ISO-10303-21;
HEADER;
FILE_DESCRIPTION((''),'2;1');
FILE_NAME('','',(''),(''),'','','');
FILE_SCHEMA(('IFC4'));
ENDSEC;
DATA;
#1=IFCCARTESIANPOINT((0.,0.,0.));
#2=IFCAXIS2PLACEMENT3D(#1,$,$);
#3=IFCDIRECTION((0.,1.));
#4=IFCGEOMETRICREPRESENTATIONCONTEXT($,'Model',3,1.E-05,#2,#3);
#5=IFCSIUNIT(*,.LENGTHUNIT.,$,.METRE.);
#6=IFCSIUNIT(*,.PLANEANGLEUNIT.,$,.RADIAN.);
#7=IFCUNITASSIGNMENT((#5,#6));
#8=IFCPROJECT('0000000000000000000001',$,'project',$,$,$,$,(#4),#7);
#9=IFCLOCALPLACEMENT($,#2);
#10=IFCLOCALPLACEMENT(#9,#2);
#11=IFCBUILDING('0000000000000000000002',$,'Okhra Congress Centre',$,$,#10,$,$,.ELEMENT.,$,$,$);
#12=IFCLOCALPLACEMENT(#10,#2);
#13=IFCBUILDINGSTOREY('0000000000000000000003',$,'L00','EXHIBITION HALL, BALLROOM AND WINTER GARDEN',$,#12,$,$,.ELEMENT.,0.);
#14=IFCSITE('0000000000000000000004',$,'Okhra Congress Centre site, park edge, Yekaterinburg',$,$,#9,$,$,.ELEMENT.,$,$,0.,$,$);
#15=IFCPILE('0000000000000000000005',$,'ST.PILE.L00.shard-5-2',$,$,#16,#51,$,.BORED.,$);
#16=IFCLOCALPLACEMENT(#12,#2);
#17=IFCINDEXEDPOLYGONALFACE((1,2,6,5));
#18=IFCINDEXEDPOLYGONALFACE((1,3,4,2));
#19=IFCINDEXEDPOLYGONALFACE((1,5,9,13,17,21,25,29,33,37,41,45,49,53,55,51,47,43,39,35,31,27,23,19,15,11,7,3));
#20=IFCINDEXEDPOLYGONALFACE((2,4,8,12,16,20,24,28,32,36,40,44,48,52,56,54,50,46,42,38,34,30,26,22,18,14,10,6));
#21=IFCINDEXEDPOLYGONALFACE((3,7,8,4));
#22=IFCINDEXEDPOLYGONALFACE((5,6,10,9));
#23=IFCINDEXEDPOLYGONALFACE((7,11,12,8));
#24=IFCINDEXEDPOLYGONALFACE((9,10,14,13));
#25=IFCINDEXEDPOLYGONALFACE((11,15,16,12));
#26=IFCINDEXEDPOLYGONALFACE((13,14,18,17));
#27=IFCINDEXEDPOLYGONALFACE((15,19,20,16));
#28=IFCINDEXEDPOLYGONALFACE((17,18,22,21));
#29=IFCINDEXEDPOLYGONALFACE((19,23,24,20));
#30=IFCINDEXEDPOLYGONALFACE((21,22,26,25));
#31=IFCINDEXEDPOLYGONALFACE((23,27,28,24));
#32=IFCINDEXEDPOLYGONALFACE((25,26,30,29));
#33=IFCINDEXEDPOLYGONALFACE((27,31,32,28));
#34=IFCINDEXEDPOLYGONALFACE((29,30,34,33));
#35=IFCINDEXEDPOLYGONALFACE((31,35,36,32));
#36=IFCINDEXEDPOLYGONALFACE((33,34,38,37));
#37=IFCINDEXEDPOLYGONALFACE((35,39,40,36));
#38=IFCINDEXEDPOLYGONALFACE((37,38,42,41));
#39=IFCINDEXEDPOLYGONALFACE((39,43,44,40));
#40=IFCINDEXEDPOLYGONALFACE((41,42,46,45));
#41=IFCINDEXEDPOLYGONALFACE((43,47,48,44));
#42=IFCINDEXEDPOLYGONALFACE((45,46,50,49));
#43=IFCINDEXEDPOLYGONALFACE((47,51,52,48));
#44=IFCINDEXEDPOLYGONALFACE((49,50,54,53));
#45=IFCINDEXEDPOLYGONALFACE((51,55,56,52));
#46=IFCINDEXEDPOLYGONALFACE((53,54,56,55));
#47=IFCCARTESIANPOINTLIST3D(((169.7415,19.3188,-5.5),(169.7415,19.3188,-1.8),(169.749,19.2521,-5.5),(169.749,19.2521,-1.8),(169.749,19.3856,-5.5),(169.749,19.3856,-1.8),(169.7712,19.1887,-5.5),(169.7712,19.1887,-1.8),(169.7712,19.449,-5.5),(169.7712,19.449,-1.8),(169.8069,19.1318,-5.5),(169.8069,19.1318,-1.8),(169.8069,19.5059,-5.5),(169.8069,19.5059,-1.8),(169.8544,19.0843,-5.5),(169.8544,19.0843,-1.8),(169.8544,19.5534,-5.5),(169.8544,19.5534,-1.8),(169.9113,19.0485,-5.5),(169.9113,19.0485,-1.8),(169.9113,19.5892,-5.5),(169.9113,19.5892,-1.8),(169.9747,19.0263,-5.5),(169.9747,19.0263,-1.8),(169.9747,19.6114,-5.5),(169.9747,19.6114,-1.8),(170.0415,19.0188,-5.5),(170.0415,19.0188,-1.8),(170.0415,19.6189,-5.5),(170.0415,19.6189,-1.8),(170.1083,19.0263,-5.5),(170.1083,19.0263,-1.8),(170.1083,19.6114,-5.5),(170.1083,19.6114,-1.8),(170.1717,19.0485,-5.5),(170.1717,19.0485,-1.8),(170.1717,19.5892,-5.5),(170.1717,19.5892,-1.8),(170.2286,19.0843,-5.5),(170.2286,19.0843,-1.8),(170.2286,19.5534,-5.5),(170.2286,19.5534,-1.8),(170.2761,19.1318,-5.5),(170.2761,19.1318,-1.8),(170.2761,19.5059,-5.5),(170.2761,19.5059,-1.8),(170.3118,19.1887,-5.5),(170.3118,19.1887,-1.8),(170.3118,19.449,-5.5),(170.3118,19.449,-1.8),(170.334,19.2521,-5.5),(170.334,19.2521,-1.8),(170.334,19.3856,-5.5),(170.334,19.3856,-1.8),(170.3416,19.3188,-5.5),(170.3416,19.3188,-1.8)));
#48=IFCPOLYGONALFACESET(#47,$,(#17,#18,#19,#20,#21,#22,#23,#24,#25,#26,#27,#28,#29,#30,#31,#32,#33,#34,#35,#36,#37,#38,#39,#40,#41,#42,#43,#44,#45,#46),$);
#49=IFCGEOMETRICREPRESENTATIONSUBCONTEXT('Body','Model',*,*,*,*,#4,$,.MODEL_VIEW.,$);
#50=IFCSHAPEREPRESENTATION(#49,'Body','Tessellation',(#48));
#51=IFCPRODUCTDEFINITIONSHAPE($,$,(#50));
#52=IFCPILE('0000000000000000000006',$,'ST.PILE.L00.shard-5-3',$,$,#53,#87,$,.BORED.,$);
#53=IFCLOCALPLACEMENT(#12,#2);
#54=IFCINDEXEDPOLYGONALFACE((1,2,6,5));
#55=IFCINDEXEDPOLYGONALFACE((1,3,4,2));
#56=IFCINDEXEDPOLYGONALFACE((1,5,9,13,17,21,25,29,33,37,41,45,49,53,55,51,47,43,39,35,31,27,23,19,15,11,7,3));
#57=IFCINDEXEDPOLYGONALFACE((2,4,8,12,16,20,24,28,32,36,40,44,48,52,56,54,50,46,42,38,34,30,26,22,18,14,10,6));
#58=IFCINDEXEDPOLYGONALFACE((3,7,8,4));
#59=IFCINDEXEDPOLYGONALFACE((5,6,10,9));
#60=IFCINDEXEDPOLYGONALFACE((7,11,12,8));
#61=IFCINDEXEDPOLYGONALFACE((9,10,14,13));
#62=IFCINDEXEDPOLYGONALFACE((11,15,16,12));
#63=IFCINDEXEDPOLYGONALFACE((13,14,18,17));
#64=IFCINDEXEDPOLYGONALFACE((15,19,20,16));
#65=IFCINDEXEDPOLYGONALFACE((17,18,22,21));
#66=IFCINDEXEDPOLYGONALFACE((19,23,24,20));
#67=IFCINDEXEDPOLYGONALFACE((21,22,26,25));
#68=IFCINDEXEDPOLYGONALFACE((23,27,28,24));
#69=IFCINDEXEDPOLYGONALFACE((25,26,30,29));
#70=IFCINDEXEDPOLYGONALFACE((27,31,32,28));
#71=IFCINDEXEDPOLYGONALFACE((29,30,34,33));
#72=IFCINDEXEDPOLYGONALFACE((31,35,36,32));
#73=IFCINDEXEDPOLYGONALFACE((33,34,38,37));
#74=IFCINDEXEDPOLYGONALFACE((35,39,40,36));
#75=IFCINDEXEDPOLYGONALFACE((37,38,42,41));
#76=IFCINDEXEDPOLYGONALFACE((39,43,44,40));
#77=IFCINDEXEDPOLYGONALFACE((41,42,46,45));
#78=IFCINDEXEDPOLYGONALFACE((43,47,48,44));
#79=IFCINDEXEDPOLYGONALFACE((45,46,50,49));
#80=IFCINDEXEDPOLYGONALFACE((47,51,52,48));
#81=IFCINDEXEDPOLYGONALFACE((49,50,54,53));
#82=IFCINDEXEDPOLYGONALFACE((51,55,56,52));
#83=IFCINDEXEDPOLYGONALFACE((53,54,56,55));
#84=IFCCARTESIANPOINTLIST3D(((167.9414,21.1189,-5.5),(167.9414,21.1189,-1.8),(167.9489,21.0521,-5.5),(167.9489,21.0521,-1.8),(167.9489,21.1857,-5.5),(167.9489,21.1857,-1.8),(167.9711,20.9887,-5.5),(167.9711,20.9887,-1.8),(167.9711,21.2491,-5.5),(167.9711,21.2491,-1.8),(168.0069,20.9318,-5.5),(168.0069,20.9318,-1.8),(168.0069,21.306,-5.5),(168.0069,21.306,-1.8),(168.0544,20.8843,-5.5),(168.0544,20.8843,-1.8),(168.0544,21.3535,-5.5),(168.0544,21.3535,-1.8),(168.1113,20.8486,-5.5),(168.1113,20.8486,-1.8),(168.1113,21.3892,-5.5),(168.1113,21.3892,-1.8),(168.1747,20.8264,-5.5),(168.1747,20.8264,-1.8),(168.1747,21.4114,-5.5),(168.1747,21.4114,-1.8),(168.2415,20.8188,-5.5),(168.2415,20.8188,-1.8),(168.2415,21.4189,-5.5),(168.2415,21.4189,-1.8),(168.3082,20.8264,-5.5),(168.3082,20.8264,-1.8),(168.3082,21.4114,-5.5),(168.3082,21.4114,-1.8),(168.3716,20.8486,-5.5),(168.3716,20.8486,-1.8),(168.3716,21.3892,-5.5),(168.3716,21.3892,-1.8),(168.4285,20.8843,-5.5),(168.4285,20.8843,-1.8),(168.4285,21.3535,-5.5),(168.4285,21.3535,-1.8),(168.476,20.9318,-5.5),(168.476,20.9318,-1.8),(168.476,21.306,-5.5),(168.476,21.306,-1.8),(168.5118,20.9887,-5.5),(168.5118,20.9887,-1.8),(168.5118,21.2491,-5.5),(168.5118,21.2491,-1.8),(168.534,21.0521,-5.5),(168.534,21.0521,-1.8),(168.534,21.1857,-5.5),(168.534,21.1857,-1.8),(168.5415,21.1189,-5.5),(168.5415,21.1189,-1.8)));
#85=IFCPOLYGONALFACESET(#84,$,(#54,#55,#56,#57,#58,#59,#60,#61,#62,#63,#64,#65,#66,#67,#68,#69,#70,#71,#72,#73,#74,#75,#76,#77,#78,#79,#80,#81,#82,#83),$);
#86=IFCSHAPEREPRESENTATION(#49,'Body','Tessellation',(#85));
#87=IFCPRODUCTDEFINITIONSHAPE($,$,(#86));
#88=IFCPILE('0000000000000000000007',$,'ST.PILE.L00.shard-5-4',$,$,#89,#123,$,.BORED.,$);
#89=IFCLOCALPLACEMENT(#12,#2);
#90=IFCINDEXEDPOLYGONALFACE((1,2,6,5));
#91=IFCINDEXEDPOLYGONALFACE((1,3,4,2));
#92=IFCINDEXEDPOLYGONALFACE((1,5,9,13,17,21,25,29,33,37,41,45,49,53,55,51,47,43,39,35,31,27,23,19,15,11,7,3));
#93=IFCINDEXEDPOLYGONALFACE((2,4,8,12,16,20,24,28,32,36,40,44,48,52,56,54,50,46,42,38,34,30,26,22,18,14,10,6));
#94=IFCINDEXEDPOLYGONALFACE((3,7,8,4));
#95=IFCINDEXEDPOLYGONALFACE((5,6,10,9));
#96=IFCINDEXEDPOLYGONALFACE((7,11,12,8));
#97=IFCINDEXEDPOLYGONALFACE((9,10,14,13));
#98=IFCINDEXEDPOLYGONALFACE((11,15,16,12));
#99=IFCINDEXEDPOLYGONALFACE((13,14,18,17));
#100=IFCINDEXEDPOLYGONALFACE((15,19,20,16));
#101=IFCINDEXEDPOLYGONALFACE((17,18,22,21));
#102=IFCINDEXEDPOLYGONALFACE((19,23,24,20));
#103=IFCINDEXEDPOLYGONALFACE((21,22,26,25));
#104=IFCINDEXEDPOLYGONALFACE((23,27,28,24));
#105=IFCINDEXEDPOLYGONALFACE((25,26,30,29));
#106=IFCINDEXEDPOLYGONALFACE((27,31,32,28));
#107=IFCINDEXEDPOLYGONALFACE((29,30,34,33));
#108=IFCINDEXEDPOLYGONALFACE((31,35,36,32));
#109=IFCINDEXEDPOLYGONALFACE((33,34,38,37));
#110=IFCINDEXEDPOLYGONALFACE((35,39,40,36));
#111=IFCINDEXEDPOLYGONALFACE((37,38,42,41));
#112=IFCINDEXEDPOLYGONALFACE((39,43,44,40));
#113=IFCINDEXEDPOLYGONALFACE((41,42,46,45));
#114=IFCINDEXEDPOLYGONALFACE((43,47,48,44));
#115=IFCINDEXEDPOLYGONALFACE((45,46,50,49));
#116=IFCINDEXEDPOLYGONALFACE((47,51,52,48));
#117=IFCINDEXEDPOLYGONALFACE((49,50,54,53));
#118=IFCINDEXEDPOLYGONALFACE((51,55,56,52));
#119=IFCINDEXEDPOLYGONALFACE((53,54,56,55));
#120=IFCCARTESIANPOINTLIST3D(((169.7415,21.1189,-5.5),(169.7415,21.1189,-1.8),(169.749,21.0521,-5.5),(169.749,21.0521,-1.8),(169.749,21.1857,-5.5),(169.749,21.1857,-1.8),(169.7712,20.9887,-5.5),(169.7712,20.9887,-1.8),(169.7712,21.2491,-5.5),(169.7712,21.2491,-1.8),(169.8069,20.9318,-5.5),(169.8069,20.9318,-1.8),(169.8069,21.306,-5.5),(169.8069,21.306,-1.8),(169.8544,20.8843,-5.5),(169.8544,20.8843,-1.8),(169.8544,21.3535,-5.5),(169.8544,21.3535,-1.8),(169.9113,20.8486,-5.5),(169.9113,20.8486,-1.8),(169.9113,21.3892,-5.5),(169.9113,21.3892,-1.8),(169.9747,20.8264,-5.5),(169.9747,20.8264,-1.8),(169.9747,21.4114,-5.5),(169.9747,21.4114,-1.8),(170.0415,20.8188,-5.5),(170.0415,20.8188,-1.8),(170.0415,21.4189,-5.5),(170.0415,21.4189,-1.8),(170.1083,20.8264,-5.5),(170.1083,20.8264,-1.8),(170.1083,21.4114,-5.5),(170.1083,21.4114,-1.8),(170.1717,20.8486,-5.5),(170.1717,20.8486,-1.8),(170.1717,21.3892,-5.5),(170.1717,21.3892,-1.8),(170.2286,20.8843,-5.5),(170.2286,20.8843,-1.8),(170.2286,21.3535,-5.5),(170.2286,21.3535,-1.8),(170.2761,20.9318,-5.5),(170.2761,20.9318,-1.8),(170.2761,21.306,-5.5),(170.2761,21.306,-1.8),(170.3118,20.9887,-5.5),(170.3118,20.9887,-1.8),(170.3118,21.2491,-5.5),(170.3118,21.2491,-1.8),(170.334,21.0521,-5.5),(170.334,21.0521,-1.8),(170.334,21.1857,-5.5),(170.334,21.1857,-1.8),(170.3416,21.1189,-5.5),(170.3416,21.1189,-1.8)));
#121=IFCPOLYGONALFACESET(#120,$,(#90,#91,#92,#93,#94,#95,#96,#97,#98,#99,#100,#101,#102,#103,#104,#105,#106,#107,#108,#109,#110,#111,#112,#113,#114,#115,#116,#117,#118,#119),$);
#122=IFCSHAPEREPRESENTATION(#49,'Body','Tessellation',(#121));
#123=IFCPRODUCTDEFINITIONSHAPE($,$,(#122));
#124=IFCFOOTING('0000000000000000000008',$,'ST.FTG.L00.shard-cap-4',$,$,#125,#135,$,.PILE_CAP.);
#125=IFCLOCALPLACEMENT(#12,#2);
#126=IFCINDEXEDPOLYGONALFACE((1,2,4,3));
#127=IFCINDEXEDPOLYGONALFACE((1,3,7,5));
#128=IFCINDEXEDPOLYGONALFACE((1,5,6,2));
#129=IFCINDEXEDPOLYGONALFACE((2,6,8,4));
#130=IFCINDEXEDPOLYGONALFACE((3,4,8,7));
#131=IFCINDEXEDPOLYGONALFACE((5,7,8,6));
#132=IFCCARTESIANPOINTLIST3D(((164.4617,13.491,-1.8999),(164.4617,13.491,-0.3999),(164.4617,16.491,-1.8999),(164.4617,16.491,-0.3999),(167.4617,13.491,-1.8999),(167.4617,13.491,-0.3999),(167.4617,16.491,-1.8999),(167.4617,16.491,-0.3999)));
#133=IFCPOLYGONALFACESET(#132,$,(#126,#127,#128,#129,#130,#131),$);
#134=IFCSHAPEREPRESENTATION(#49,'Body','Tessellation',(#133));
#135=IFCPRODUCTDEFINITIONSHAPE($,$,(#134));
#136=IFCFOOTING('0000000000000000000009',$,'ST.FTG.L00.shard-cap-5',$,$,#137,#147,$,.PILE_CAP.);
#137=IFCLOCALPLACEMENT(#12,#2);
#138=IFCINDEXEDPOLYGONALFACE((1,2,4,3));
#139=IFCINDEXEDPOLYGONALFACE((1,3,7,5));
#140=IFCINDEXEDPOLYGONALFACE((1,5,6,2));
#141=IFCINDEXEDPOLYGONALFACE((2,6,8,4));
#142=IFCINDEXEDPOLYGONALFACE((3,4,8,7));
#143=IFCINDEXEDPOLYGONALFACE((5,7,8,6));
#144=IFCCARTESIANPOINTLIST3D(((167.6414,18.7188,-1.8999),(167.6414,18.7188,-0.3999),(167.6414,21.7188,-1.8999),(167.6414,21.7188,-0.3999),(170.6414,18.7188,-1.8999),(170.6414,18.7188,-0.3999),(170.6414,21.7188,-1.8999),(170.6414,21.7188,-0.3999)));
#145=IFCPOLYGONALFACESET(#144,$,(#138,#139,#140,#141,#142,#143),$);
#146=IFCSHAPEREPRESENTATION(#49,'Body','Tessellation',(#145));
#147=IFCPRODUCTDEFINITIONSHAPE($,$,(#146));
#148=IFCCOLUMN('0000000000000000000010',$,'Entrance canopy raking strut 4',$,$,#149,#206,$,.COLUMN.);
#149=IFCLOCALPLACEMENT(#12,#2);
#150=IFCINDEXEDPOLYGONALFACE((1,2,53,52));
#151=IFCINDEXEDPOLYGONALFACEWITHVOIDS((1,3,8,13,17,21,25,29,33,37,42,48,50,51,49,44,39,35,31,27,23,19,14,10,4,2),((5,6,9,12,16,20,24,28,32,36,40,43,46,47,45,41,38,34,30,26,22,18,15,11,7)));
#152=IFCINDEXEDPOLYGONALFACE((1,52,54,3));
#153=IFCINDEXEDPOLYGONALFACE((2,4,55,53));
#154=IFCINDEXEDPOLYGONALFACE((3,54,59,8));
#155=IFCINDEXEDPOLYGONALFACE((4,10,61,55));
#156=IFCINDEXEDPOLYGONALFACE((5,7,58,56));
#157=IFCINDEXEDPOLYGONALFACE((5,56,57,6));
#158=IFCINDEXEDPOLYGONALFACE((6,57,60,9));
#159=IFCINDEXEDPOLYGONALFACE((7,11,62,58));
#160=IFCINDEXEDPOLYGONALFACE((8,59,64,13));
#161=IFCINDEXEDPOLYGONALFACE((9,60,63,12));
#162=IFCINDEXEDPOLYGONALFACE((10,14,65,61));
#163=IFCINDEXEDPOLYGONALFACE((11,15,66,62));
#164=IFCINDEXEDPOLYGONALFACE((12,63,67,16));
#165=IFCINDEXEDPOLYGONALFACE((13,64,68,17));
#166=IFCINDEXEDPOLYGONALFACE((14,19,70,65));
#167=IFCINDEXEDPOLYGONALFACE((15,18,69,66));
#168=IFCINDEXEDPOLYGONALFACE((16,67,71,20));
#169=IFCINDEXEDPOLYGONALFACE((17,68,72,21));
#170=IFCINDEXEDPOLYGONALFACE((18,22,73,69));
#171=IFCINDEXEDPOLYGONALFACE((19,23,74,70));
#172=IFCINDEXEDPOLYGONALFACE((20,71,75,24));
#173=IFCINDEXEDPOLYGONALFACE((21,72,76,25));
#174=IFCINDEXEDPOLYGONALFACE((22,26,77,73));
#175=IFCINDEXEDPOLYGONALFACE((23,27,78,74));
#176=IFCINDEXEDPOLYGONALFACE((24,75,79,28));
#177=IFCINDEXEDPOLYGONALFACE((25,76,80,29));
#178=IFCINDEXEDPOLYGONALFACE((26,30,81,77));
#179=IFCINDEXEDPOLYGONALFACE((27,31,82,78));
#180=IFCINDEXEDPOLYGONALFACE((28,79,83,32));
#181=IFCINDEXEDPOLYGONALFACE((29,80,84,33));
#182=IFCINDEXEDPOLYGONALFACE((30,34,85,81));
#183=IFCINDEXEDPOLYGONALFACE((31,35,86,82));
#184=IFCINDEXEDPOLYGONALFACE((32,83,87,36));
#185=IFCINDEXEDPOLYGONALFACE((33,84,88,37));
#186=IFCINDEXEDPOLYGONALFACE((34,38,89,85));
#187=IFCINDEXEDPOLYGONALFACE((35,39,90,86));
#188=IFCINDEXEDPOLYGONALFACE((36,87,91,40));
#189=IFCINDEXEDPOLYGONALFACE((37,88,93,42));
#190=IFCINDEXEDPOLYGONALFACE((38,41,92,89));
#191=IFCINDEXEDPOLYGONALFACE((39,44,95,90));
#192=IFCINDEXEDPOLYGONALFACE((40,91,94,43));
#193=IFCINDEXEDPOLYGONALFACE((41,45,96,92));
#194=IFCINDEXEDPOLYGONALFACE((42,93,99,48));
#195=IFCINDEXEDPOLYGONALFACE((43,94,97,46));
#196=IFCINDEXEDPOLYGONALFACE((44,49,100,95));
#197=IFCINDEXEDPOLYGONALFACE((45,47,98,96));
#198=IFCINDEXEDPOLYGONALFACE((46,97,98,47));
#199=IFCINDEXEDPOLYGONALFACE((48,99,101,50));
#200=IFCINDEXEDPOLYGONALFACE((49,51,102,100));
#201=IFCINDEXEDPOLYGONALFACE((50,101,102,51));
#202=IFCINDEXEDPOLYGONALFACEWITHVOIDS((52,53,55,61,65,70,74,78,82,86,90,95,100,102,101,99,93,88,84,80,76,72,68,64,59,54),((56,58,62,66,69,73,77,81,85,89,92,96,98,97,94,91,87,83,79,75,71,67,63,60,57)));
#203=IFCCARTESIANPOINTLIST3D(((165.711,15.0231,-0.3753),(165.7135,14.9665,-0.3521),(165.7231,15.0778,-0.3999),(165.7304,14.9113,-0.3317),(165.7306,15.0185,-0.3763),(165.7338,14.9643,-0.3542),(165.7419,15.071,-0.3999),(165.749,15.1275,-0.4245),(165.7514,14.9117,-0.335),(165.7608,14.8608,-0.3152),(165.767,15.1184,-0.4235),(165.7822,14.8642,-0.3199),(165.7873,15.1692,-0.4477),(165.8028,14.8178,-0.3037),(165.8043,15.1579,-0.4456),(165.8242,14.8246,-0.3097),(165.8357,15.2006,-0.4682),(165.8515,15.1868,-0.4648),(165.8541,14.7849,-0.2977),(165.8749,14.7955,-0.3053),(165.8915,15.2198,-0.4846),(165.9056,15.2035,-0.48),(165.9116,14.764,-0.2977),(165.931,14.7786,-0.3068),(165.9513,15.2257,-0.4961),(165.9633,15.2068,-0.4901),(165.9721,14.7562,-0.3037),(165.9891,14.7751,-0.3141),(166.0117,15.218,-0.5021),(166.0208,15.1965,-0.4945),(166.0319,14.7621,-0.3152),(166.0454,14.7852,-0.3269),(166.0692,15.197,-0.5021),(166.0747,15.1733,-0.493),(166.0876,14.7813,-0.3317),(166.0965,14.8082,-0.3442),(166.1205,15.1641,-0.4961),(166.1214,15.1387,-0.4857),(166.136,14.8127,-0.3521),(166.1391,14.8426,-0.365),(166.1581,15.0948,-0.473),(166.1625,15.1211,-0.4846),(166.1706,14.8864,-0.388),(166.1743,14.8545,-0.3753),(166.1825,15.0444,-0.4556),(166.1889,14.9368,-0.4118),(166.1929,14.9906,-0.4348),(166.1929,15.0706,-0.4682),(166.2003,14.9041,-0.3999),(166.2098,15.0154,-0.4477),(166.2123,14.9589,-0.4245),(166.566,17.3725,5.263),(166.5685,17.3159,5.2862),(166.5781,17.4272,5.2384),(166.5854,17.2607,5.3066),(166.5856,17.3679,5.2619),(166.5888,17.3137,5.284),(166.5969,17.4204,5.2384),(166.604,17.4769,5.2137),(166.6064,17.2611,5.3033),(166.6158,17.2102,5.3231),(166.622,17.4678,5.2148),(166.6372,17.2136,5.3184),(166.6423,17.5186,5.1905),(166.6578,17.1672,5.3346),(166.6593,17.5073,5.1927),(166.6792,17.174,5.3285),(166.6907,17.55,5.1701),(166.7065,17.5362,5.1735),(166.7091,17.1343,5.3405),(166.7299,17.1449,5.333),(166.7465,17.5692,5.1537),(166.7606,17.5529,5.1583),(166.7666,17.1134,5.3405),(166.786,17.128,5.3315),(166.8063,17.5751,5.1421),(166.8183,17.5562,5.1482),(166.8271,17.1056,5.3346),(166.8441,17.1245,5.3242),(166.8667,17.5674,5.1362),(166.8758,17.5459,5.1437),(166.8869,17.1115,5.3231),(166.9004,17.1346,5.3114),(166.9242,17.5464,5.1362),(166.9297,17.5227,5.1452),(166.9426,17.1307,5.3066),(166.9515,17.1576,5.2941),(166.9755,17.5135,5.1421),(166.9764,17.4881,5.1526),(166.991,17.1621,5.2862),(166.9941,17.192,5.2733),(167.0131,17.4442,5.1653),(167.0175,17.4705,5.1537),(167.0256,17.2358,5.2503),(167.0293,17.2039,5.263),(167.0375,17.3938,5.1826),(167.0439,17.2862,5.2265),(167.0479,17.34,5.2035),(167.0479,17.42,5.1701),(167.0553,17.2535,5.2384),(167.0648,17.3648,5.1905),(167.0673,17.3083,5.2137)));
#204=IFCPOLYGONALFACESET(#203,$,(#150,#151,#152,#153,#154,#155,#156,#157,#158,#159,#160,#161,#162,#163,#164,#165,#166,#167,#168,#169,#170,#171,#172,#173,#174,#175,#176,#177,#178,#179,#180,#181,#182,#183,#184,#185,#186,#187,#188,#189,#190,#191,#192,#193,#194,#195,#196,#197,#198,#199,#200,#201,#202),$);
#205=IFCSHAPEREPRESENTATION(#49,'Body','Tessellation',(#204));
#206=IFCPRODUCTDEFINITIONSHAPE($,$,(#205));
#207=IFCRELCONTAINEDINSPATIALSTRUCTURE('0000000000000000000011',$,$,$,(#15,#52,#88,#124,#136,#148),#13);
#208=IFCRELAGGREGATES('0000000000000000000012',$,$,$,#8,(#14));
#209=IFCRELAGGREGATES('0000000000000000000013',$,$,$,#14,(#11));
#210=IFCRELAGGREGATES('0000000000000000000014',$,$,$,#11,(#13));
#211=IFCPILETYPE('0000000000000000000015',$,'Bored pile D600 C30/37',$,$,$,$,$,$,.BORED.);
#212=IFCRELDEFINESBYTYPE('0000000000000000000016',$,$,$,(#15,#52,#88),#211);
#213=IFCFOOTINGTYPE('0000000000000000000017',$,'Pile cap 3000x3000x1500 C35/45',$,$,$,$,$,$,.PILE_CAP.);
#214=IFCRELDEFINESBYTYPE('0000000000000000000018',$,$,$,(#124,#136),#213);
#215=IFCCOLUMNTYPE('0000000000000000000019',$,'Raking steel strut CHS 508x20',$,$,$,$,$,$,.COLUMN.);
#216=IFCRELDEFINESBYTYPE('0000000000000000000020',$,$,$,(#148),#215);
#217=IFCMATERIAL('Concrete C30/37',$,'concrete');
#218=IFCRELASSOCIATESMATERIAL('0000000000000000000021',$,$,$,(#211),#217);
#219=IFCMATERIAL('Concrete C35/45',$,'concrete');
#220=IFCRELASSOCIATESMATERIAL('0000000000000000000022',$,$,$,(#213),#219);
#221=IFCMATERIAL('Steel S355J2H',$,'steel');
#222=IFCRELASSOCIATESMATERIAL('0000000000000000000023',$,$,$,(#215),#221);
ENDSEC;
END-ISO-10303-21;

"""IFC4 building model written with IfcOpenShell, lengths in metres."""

from ifc_helpers import new_model, si_unit, direction, frame, origin, origin_2d, place, context, subcontext, project, spatial, rectangle, circle, hollow_circle, extrude, material, material_profile, profile_set, type_object, element, save


model = new_model("IFC4")

# Units and contexts
model_context = context("Model", 3, precision=1e-05, world=origin(), true_north=direction((0.0, 1.0)))
body_context = subcontext(model_context, "Body", "Model", "MODEL_VIEW")
ifc_project = project(units=[si_unit("LENGTHUNIT", "METRE"), si_unit("PLANEANGLEUNIT", "RADIAN")], contexts=[model_context])

# Site, building, storey
site_placement = place(None, origin())
site = spatial("IfcSite", under=ifc_project, at=site_placement, Name="Okhra Congress Centre site, park edge, Yekaterinburg", CompositionType="ELEMENT", RefElevation=0.0)
building_placement = place(site_placement, origin())
building = spatial("IfcBuilding", under=site, at=building_placement, Name="Okhra Congress Centre", CompositionType="ELEMENT")
storey_placement = place(building_placement, origin())
storey = spatial("IfcBuildingStorey", under=building, at=storey_placement, Name="L00", Description="EXHIBITION HALL, BALLROOM AND WINTER GARDEN", CompositionType="ELEMENT", Elevation=0.0)

# Piles
ifc_material_1 = material(Name="Concrete C30/37", Category="concrete")
ifc_material_profile_1 = material_profile(ifc_material_1, circle(Radius=0.3, at=origin_2d()), Name="D600")
ifc_profile_set_1 = profile_set([ifc_material_profile_1], Name="Concrete C30/37")
pile_type = type_object("IfcPileType", Name="Bored pile D600 C30/37", PredefinedType="BORED", material=ifc_profile_set_1)
for number, where, z_axis, x_axis, name in (
    (1, (170.0415, 19.3188, -1.8), (0.0, 0.0, -1.0), (1.0, 0.0, 0.0), "ST.PILE.L00.shard-5-2"),
    (2, (168.2415, 21.1189, -1.8), (0.0, 0.0, -1.0), (1.0, 0.0, 0.0), "ST.PILE.L00.shard-5-3"),
    (3, (170.0415, 21.1189, -1.8), (0.0, 0.0, -1.0), (1.0, 0.0, 0.0), "ST.PILE.L00.shard-5-4"),
):
    element("IfcPile", number, at=place(storey_placement, frame(where, z_axis=z_axis, x_axis=x_axis)), inside=storey, type_object=pile_type, Name=name, PredefinedType="BORED", context=body_context, shape_type="SweptSolid", body=[
        extrude(circle(Radius=0.3, at=origin_2d()), origin(), (0.0, 0.0, 1.0), 3.7),
    ])

# Footings
ifc_material_2 = material(Name="Concrete C35/45", Category="concrete")
footing_type = type_object("IfcFootingType", Name="Pile cap 3000x3000x1500 C35/45", PredefinedType="PILE_CAP", material=ifc_material_2)
for number, where, z_axis, x_axis, name in (
    (4, (165.9617, 14.991, -1.8999), (0.0, 0.0, 1.0), (1.0, 0.0, 0.0), "ST.FTG.L00.shard-cap-4"),
    (5, (169.1414, 20.2188, -1.8999), (0.0, 0.0, 1.0), (1.0, 0.0, 0.0), "ST.FTG.L00.shard-cap-5"),
):
    element("IfcFooting", number, at=place(storey_placement, frame(where, z_axis=z_axis, x_axis=x_axis)), inside=storey, type_object=footing_type, Name=name, PredefinedType="PILE_CAP", context=body_context, shape_type="SweptSolid", body=[
        extrude(rectangle(XDim=3.0, YDim=3.0, at=origin_2d()), origin(), (0.0, 0.0, 1.0), 1.5),
    ])

# Column
ifc_material_3 = material(Name="Steel S355J2H", Category="steel")
ifc_material_profile_2 = material_profile(ifc_material_3, hollow_circle(Radius=0.2539, WallThickness=0.02, at=origin_2d()), Name="CHS 508x20")
ifc_profile_set_2 = profile_set([ifc_material_profile_2], Name="Steel S355J2H")
column_type = type_object("IfcColumnType", Name="Raking steel strut CHS 508x20", PredefinedType="COLUMN", material=ifc_profile_set_2)
column_1_placement = place(storey_placement, frame((165.9617, 14.991, -0.3999), z_axis=(0.138624, 0.380919, 0.914158), x_axis=(-0.939708, 0.341978, 0.0)))
element("IfcColumn", 6, at=column_1_placement, inside=storey, type_object=column_type, Name="Entrance canopy raking strut 4", PredefinedType="COLUMN", context=body_context, shape_type="SweptSolid", body=[
    extrude(hollow_circle(Radius=0.2539, WallThickness=0.02, at=origin_2d()), origin(), (0.0, 0.0, 1.0), 6.1677),
])

save(model, "model.ifc")
